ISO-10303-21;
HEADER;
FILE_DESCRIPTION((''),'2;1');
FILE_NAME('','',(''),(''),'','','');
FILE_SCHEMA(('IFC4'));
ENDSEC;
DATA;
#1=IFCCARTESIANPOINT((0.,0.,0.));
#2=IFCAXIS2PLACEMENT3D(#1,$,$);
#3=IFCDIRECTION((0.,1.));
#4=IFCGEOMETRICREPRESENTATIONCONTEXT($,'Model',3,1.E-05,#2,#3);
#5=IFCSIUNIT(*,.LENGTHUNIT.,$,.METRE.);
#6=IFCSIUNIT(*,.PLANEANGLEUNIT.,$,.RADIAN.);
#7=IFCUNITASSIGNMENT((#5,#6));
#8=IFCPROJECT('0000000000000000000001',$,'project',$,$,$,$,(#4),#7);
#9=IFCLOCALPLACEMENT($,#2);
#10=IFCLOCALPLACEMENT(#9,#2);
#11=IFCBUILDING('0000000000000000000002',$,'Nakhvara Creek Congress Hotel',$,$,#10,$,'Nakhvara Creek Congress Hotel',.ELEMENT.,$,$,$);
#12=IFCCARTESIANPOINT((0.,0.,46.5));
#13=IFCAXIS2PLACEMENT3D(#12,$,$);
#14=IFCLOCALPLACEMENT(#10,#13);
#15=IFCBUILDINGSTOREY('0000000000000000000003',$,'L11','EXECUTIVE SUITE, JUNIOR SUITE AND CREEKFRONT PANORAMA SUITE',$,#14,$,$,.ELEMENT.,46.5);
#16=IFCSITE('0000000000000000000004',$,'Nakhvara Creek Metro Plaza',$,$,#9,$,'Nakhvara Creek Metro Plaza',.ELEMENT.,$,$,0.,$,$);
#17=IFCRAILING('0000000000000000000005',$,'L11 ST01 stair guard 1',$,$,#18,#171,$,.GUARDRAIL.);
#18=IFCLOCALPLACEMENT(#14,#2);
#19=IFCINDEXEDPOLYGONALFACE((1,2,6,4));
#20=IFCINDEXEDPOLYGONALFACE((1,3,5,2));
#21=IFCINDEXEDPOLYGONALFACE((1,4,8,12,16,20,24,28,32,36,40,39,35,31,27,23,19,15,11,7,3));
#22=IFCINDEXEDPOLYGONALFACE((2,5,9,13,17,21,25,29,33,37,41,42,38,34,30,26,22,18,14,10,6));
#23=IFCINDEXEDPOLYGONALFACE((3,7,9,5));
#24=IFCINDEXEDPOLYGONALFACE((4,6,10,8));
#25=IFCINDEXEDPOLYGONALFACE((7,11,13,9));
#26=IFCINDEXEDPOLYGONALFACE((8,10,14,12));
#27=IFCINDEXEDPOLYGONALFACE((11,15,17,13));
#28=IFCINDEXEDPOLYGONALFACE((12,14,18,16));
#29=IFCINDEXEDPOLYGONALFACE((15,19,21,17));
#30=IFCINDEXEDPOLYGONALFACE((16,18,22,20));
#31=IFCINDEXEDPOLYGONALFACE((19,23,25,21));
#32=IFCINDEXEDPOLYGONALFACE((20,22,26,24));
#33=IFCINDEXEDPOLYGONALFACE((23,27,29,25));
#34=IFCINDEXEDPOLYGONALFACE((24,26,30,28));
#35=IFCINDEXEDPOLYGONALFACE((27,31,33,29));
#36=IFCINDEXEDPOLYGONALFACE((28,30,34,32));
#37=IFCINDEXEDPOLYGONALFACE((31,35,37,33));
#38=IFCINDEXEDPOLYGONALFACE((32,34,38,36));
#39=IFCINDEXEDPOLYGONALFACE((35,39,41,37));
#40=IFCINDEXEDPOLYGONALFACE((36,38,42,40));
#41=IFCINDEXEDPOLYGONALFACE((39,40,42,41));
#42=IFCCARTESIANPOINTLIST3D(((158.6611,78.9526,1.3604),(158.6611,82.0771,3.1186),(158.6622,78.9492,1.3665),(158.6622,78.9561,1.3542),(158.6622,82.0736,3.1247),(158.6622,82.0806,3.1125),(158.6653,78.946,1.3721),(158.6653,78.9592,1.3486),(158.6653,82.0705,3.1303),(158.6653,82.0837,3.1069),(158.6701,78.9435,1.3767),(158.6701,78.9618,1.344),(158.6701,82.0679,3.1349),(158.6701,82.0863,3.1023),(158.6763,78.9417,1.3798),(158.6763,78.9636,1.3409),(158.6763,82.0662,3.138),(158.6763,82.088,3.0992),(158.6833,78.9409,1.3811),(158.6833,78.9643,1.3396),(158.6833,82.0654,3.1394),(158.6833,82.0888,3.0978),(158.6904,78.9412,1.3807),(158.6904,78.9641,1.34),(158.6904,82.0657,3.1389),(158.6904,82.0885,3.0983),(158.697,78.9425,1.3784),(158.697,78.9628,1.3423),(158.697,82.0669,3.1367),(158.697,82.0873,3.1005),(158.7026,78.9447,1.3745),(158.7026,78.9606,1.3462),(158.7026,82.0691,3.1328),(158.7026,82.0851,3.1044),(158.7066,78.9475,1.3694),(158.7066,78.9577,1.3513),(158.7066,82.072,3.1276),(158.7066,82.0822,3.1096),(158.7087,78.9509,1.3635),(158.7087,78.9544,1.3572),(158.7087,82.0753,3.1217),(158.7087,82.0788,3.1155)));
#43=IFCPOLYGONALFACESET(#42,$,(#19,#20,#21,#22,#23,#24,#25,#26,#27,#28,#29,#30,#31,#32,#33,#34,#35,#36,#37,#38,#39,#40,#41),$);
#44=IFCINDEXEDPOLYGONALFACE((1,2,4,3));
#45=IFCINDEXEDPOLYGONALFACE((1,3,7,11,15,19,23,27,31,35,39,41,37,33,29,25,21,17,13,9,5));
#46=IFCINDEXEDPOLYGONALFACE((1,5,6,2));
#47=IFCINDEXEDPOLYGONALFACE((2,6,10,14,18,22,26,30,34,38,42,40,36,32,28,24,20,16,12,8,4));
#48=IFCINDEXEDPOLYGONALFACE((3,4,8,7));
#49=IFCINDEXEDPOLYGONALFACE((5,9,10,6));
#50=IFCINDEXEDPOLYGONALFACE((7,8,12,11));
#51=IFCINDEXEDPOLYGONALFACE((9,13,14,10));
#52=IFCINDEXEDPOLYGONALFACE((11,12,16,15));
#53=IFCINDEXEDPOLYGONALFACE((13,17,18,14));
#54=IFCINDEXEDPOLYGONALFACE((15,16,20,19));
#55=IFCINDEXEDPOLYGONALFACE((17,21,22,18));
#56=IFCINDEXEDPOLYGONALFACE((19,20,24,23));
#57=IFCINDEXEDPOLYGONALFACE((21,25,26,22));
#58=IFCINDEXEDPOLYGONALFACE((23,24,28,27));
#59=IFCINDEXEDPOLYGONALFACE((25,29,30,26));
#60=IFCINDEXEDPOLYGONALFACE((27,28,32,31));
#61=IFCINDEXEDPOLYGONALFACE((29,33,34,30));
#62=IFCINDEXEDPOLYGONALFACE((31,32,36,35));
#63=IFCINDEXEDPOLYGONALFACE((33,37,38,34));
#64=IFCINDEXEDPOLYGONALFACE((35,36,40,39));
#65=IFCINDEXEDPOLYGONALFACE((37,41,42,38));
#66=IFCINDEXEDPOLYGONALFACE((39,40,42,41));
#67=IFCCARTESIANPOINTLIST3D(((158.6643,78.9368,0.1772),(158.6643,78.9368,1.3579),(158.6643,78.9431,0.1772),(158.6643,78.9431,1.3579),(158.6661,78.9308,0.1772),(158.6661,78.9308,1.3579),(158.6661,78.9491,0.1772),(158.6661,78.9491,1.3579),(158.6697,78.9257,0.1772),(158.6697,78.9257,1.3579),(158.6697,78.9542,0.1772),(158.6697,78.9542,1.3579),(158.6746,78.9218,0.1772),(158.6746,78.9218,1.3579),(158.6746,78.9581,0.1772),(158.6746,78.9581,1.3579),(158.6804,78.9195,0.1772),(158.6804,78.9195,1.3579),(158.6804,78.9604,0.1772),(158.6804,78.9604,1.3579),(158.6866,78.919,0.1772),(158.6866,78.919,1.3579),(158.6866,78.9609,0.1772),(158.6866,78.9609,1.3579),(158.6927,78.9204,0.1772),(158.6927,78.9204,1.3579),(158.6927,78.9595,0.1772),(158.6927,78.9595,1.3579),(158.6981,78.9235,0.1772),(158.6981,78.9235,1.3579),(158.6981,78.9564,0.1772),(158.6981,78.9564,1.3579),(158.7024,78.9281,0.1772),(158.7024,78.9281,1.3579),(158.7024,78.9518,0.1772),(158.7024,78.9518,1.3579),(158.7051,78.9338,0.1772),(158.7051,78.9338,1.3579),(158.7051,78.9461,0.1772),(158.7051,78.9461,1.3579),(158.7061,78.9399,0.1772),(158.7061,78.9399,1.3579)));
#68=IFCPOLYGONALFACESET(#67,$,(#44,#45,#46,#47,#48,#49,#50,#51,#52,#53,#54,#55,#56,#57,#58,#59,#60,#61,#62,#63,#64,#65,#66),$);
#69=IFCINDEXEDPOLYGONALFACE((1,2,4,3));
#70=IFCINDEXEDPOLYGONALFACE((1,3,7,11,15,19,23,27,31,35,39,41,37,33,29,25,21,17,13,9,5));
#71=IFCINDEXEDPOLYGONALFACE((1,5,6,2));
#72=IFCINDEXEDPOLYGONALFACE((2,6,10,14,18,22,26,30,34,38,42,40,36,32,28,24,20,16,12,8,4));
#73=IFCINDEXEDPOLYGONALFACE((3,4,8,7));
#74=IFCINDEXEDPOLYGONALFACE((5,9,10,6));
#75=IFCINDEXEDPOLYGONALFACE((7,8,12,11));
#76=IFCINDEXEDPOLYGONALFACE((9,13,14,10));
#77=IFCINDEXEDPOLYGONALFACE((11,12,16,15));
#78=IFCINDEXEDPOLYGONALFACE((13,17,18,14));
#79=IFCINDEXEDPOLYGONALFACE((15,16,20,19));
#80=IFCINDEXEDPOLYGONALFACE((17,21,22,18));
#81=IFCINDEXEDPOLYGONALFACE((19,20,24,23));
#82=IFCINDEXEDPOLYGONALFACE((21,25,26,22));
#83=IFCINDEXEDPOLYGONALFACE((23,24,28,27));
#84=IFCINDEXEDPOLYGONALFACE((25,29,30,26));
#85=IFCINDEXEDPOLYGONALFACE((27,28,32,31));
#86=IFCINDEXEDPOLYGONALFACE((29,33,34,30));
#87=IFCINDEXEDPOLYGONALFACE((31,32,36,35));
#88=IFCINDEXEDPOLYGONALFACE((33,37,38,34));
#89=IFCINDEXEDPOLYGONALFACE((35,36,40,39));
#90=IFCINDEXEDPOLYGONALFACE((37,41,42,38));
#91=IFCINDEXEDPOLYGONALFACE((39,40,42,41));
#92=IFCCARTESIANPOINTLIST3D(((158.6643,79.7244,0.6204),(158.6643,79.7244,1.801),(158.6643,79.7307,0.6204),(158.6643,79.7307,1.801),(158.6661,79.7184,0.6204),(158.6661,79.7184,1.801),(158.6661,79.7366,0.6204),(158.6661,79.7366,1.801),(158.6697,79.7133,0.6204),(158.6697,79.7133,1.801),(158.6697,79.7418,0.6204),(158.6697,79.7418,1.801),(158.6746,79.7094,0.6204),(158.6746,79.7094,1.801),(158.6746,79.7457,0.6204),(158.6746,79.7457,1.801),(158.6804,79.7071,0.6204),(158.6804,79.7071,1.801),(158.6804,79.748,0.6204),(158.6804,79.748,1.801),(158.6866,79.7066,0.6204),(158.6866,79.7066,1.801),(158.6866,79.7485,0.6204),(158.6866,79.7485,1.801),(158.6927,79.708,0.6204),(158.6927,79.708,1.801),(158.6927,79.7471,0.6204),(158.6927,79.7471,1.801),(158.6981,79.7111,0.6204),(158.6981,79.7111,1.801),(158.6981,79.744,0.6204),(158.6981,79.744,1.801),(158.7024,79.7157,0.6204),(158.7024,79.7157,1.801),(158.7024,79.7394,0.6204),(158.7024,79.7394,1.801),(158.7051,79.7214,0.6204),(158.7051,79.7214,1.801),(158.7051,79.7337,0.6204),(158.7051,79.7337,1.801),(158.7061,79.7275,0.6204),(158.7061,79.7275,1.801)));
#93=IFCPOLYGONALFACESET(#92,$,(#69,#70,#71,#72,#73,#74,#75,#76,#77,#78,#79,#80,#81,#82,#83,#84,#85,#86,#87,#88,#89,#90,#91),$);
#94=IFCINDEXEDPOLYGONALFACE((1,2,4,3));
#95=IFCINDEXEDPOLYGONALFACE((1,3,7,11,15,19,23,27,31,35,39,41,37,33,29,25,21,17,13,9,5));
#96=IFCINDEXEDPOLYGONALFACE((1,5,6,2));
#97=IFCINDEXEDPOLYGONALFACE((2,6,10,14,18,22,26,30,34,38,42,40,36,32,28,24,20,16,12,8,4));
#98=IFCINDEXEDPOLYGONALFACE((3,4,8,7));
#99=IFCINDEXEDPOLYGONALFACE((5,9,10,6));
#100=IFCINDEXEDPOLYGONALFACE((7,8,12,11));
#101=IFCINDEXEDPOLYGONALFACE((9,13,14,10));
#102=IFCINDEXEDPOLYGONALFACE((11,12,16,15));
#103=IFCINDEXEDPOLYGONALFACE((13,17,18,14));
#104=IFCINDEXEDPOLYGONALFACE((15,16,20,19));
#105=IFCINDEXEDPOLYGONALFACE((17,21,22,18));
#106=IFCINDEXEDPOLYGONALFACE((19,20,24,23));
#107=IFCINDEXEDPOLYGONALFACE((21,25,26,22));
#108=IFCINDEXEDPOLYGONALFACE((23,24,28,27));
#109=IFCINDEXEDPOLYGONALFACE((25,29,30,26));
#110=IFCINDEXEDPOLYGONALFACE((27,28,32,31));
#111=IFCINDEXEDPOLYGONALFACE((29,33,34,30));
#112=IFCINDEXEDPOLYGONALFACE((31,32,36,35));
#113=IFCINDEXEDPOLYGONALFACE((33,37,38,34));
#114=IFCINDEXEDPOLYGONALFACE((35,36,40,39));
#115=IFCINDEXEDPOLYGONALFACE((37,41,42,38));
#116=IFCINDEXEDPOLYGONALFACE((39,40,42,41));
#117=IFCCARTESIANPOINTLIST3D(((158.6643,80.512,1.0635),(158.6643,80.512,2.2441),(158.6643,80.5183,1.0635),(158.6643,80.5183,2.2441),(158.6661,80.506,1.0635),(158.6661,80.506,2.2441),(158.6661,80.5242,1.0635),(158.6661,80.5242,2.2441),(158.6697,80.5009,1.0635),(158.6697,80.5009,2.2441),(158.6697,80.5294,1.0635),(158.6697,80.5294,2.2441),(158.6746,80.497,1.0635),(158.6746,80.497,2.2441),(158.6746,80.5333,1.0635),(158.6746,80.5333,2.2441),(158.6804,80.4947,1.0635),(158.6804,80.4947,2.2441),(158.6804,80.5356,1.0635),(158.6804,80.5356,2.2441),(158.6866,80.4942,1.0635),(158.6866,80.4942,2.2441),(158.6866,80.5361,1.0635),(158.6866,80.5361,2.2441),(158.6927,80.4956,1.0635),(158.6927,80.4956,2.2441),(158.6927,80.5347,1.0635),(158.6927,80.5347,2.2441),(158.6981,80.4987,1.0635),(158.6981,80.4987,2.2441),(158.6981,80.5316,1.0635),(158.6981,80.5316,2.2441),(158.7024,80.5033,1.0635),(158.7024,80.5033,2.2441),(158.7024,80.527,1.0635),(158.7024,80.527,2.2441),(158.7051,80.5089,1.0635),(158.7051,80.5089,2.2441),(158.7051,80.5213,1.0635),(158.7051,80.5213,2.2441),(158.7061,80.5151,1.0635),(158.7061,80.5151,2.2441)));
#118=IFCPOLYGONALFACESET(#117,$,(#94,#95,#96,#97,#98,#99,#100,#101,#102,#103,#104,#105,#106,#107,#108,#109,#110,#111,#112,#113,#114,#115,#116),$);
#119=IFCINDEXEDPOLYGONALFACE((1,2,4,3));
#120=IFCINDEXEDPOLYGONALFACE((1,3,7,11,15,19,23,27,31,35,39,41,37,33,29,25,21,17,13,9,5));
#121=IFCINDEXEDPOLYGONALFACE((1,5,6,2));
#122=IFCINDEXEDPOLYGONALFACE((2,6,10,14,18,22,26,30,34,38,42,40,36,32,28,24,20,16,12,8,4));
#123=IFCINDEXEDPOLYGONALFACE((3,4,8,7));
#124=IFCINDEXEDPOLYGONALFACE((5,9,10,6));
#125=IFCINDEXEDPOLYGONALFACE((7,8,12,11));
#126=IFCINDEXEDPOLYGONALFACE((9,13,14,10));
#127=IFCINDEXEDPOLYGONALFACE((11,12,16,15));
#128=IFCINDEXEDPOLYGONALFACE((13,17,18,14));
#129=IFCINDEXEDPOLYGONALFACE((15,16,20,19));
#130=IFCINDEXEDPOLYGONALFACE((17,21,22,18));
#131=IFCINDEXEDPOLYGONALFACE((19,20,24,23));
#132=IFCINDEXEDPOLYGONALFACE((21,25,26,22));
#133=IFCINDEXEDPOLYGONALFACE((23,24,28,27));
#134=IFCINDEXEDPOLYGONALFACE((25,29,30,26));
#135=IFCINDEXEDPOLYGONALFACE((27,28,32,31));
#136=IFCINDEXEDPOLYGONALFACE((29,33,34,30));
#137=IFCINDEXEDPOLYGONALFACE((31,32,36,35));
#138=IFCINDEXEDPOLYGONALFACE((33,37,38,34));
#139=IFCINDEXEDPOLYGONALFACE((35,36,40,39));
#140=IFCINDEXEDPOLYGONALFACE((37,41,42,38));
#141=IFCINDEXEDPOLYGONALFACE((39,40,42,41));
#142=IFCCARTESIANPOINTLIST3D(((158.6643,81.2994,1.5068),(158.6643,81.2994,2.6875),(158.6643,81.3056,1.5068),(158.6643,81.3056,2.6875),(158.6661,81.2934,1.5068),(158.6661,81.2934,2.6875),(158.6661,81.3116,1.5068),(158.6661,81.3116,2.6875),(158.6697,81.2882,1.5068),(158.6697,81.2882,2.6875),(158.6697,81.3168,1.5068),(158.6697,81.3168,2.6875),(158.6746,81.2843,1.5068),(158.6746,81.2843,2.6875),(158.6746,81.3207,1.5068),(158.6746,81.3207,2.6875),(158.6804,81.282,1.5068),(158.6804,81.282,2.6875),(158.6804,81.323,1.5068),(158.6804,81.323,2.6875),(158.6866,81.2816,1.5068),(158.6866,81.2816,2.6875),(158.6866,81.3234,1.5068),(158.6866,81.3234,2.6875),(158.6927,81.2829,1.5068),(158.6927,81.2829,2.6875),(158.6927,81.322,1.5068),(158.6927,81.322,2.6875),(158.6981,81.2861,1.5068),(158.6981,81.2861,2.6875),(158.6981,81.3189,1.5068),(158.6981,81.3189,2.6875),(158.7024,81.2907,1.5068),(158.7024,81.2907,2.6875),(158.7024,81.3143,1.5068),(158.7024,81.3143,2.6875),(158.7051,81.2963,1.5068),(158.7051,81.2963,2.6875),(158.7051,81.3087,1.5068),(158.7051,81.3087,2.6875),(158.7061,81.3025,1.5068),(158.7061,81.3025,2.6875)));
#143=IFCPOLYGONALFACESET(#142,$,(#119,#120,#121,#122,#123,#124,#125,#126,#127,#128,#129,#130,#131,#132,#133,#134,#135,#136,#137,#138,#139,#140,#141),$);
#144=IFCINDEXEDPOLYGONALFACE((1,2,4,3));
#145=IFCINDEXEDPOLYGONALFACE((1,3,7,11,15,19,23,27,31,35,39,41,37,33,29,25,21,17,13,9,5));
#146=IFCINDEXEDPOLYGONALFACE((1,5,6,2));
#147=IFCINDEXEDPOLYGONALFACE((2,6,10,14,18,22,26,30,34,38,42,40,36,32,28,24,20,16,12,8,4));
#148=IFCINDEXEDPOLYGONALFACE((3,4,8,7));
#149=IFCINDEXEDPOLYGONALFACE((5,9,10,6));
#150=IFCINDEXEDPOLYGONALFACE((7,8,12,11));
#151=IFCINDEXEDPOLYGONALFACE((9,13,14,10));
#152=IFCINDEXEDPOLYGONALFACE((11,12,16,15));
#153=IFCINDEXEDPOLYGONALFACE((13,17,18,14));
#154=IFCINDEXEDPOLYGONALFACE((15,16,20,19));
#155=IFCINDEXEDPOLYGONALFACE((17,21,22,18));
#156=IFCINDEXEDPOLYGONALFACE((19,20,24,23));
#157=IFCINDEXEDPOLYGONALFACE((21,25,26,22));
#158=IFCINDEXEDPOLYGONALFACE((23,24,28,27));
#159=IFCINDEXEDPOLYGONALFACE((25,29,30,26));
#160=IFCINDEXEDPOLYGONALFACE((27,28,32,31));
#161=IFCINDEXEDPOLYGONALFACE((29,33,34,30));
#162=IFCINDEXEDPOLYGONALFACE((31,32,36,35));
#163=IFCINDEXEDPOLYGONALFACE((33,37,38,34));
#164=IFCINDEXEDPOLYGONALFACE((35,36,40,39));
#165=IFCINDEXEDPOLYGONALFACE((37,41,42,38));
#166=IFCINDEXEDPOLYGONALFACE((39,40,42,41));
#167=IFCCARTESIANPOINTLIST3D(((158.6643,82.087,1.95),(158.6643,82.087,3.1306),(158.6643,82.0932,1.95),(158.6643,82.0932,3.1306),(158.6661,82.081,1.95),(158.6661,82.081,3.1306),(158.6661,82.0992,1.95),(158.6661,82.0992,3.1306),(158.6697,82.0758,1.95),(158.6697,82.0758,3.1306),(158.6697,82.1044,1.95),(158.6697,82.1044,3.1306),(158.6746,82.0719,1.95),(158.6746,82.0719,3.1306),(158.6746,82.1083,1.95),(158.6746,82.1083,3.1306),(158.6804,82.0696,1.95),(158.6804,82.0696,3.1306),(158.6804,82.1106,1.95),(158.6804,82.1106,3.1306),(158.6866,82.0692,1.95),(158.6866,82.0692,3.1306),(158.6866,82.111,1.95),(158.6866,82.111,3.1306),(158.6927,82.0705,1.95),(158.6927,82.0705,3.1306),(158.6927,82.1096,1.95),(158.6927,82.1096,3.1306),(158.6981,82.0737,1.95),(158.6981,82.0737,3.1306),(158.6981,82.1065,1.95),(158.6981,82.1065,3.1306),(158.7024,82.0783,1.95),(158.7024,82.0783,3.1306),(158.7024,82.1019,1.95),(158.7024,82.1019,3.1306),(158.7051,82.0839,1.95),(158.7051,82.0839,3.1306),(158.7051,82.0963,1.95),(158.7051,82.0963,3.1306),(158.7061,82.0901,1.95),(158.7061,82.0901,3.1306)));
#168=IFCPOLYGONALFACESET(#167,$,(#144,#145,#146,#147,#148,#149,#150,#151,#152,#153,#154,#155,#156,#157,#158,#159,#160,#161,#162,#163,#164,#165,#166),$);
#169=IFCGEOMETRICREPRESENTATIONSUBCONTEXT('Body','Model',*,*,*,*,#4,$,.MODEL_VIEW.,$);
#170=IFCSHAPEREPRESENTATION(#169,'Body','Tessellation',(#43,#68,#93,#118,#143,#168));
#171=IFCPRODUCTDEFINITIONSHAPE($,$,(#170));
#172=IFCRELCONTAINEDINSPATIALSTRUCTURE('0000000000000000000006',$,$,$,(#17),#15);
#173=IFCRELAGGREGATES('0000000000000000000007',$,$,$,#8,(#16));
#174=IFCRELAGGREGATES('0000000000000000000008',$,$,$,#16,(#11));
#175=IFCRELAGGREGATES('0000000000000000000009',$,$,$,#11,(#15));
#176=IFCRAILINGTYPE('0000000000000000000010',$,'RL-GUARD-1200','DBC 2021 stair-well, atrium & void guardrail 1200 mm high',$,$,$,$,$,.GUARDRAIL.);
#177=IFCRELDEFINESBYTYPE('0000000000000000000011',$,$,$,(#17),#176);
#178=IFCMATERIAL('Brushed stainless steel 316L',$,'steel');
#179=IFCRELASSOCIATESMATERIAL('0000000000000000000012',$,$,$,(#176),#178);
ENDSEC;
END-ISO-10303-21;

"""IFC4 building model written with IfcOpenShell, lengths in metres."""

from ifc_helpers import new_model, si_unit, direction, frame, origin, origin_2d, place, context, subcontext, project, spatial, circle, extrude, material, type_object, element, save


model = new_model("IFC4")

# Units and contexts
model_context = context("Model", 3, precision=1e-05, world=origin(), true_north=direction((0.0, 1.0)))
body_context = subcontext(model_context, "Body", "Model", "MODEL_VIEW")
ifc_project = project(units=[si_unit("LENGTHUNIT", "METRE"), si_unit("PLANEANGLEUNIT", "RADIAN")], contexts=[model_context])

# Site, building, storey
site_placement = place(None, origin())
site = spatial("IfcSite", under=ifc_project, at=site_placement, Name="Nakhvara Creek Metro Plaza", LongName="Nakhvara Creek Metro Plaza", CompositionType="ELEMENT", RefElevation=0.0)
building_placement = place(site_placement, origin())
building = spatial("IfcBuilding", under=site, at=building_placement, Name="Nakhvara Creek Congress Hotel", LongName="Nakhvara Creek Congress Hotel", CompositionType="ELEMENT")
storey_placement = place(building_placement, frame((0.0, 0.0, 46.5)))
storey = spatial("IfcBuildingStorey", under=building, at=storey_placement, Name="L11", Description="EXECUTIVE SUITE, JUNIOR SUITE AND CREEKFRONT PANORAMA SUITE", CompositionType="ELEMENT", Elevation=46.5)

# Railing
ifc_material_1 = material(Name="Brushed stainless steel 316L", Category="steel")
railing_type_1 = type_object("IfcRailingType", Name="RL-GUARD-1200", Description="DBC 2021 stair-well, atrium & void guardrail 1200 mm high", PredefinedType="GUARDRAIL", material=ifc_material_1)
railing_1_placement = place(storey_placement, frame((158.6851, 78.9399, 0.1772)))
element("IfcRailing", 1, at=railing_1_placement, inside=storey, type_object=railing_type_1, Name="L11 ST01 stair guard 1", PredefinedType="GUARDRAIL", context=body_context, shape_type="SweptSolid", body=[
    extrude(circle(Radius=0.0239, at=origin_2d()), frame((0.0, 0.0127, 1.1831), z_axis=(0.0, 0.871487, 0.490418), x_axis=(-1.0, 0.0, 0.0)), (0.0, 0.0, 1.0), 3.5852),
    extrude(circle(Radius=0.021, at=origin_2d()), origin(), (0.0, 0.0, 1.0), 1.1807),
    extrude(circle(Radius=0.021, at=origin_2d()), frame((0.0, 0.7876, 0.4431)), (0.0, 0.0, 1.0), 1.1807),
    extrude(circle(Radius=0.021, at=origin_2d()), frame((0.0, 1.5752, 0.8862)), (0.0, 0.0, 1.0), 1.1807),
    extrude(circle(Radius=0.021, at=origin_2d()), frame((0.0, 2.3625, 1.3296)), (0.0, 0.0, 1.0), 1.1807),
    extrude(circle(Radius=0.021, at=origin_2d()), frame((0.0, 3.1501, 1.7727)), (0.0, 0.0, 1.0), 1.1807),
])

save(model, "model.ifc")
